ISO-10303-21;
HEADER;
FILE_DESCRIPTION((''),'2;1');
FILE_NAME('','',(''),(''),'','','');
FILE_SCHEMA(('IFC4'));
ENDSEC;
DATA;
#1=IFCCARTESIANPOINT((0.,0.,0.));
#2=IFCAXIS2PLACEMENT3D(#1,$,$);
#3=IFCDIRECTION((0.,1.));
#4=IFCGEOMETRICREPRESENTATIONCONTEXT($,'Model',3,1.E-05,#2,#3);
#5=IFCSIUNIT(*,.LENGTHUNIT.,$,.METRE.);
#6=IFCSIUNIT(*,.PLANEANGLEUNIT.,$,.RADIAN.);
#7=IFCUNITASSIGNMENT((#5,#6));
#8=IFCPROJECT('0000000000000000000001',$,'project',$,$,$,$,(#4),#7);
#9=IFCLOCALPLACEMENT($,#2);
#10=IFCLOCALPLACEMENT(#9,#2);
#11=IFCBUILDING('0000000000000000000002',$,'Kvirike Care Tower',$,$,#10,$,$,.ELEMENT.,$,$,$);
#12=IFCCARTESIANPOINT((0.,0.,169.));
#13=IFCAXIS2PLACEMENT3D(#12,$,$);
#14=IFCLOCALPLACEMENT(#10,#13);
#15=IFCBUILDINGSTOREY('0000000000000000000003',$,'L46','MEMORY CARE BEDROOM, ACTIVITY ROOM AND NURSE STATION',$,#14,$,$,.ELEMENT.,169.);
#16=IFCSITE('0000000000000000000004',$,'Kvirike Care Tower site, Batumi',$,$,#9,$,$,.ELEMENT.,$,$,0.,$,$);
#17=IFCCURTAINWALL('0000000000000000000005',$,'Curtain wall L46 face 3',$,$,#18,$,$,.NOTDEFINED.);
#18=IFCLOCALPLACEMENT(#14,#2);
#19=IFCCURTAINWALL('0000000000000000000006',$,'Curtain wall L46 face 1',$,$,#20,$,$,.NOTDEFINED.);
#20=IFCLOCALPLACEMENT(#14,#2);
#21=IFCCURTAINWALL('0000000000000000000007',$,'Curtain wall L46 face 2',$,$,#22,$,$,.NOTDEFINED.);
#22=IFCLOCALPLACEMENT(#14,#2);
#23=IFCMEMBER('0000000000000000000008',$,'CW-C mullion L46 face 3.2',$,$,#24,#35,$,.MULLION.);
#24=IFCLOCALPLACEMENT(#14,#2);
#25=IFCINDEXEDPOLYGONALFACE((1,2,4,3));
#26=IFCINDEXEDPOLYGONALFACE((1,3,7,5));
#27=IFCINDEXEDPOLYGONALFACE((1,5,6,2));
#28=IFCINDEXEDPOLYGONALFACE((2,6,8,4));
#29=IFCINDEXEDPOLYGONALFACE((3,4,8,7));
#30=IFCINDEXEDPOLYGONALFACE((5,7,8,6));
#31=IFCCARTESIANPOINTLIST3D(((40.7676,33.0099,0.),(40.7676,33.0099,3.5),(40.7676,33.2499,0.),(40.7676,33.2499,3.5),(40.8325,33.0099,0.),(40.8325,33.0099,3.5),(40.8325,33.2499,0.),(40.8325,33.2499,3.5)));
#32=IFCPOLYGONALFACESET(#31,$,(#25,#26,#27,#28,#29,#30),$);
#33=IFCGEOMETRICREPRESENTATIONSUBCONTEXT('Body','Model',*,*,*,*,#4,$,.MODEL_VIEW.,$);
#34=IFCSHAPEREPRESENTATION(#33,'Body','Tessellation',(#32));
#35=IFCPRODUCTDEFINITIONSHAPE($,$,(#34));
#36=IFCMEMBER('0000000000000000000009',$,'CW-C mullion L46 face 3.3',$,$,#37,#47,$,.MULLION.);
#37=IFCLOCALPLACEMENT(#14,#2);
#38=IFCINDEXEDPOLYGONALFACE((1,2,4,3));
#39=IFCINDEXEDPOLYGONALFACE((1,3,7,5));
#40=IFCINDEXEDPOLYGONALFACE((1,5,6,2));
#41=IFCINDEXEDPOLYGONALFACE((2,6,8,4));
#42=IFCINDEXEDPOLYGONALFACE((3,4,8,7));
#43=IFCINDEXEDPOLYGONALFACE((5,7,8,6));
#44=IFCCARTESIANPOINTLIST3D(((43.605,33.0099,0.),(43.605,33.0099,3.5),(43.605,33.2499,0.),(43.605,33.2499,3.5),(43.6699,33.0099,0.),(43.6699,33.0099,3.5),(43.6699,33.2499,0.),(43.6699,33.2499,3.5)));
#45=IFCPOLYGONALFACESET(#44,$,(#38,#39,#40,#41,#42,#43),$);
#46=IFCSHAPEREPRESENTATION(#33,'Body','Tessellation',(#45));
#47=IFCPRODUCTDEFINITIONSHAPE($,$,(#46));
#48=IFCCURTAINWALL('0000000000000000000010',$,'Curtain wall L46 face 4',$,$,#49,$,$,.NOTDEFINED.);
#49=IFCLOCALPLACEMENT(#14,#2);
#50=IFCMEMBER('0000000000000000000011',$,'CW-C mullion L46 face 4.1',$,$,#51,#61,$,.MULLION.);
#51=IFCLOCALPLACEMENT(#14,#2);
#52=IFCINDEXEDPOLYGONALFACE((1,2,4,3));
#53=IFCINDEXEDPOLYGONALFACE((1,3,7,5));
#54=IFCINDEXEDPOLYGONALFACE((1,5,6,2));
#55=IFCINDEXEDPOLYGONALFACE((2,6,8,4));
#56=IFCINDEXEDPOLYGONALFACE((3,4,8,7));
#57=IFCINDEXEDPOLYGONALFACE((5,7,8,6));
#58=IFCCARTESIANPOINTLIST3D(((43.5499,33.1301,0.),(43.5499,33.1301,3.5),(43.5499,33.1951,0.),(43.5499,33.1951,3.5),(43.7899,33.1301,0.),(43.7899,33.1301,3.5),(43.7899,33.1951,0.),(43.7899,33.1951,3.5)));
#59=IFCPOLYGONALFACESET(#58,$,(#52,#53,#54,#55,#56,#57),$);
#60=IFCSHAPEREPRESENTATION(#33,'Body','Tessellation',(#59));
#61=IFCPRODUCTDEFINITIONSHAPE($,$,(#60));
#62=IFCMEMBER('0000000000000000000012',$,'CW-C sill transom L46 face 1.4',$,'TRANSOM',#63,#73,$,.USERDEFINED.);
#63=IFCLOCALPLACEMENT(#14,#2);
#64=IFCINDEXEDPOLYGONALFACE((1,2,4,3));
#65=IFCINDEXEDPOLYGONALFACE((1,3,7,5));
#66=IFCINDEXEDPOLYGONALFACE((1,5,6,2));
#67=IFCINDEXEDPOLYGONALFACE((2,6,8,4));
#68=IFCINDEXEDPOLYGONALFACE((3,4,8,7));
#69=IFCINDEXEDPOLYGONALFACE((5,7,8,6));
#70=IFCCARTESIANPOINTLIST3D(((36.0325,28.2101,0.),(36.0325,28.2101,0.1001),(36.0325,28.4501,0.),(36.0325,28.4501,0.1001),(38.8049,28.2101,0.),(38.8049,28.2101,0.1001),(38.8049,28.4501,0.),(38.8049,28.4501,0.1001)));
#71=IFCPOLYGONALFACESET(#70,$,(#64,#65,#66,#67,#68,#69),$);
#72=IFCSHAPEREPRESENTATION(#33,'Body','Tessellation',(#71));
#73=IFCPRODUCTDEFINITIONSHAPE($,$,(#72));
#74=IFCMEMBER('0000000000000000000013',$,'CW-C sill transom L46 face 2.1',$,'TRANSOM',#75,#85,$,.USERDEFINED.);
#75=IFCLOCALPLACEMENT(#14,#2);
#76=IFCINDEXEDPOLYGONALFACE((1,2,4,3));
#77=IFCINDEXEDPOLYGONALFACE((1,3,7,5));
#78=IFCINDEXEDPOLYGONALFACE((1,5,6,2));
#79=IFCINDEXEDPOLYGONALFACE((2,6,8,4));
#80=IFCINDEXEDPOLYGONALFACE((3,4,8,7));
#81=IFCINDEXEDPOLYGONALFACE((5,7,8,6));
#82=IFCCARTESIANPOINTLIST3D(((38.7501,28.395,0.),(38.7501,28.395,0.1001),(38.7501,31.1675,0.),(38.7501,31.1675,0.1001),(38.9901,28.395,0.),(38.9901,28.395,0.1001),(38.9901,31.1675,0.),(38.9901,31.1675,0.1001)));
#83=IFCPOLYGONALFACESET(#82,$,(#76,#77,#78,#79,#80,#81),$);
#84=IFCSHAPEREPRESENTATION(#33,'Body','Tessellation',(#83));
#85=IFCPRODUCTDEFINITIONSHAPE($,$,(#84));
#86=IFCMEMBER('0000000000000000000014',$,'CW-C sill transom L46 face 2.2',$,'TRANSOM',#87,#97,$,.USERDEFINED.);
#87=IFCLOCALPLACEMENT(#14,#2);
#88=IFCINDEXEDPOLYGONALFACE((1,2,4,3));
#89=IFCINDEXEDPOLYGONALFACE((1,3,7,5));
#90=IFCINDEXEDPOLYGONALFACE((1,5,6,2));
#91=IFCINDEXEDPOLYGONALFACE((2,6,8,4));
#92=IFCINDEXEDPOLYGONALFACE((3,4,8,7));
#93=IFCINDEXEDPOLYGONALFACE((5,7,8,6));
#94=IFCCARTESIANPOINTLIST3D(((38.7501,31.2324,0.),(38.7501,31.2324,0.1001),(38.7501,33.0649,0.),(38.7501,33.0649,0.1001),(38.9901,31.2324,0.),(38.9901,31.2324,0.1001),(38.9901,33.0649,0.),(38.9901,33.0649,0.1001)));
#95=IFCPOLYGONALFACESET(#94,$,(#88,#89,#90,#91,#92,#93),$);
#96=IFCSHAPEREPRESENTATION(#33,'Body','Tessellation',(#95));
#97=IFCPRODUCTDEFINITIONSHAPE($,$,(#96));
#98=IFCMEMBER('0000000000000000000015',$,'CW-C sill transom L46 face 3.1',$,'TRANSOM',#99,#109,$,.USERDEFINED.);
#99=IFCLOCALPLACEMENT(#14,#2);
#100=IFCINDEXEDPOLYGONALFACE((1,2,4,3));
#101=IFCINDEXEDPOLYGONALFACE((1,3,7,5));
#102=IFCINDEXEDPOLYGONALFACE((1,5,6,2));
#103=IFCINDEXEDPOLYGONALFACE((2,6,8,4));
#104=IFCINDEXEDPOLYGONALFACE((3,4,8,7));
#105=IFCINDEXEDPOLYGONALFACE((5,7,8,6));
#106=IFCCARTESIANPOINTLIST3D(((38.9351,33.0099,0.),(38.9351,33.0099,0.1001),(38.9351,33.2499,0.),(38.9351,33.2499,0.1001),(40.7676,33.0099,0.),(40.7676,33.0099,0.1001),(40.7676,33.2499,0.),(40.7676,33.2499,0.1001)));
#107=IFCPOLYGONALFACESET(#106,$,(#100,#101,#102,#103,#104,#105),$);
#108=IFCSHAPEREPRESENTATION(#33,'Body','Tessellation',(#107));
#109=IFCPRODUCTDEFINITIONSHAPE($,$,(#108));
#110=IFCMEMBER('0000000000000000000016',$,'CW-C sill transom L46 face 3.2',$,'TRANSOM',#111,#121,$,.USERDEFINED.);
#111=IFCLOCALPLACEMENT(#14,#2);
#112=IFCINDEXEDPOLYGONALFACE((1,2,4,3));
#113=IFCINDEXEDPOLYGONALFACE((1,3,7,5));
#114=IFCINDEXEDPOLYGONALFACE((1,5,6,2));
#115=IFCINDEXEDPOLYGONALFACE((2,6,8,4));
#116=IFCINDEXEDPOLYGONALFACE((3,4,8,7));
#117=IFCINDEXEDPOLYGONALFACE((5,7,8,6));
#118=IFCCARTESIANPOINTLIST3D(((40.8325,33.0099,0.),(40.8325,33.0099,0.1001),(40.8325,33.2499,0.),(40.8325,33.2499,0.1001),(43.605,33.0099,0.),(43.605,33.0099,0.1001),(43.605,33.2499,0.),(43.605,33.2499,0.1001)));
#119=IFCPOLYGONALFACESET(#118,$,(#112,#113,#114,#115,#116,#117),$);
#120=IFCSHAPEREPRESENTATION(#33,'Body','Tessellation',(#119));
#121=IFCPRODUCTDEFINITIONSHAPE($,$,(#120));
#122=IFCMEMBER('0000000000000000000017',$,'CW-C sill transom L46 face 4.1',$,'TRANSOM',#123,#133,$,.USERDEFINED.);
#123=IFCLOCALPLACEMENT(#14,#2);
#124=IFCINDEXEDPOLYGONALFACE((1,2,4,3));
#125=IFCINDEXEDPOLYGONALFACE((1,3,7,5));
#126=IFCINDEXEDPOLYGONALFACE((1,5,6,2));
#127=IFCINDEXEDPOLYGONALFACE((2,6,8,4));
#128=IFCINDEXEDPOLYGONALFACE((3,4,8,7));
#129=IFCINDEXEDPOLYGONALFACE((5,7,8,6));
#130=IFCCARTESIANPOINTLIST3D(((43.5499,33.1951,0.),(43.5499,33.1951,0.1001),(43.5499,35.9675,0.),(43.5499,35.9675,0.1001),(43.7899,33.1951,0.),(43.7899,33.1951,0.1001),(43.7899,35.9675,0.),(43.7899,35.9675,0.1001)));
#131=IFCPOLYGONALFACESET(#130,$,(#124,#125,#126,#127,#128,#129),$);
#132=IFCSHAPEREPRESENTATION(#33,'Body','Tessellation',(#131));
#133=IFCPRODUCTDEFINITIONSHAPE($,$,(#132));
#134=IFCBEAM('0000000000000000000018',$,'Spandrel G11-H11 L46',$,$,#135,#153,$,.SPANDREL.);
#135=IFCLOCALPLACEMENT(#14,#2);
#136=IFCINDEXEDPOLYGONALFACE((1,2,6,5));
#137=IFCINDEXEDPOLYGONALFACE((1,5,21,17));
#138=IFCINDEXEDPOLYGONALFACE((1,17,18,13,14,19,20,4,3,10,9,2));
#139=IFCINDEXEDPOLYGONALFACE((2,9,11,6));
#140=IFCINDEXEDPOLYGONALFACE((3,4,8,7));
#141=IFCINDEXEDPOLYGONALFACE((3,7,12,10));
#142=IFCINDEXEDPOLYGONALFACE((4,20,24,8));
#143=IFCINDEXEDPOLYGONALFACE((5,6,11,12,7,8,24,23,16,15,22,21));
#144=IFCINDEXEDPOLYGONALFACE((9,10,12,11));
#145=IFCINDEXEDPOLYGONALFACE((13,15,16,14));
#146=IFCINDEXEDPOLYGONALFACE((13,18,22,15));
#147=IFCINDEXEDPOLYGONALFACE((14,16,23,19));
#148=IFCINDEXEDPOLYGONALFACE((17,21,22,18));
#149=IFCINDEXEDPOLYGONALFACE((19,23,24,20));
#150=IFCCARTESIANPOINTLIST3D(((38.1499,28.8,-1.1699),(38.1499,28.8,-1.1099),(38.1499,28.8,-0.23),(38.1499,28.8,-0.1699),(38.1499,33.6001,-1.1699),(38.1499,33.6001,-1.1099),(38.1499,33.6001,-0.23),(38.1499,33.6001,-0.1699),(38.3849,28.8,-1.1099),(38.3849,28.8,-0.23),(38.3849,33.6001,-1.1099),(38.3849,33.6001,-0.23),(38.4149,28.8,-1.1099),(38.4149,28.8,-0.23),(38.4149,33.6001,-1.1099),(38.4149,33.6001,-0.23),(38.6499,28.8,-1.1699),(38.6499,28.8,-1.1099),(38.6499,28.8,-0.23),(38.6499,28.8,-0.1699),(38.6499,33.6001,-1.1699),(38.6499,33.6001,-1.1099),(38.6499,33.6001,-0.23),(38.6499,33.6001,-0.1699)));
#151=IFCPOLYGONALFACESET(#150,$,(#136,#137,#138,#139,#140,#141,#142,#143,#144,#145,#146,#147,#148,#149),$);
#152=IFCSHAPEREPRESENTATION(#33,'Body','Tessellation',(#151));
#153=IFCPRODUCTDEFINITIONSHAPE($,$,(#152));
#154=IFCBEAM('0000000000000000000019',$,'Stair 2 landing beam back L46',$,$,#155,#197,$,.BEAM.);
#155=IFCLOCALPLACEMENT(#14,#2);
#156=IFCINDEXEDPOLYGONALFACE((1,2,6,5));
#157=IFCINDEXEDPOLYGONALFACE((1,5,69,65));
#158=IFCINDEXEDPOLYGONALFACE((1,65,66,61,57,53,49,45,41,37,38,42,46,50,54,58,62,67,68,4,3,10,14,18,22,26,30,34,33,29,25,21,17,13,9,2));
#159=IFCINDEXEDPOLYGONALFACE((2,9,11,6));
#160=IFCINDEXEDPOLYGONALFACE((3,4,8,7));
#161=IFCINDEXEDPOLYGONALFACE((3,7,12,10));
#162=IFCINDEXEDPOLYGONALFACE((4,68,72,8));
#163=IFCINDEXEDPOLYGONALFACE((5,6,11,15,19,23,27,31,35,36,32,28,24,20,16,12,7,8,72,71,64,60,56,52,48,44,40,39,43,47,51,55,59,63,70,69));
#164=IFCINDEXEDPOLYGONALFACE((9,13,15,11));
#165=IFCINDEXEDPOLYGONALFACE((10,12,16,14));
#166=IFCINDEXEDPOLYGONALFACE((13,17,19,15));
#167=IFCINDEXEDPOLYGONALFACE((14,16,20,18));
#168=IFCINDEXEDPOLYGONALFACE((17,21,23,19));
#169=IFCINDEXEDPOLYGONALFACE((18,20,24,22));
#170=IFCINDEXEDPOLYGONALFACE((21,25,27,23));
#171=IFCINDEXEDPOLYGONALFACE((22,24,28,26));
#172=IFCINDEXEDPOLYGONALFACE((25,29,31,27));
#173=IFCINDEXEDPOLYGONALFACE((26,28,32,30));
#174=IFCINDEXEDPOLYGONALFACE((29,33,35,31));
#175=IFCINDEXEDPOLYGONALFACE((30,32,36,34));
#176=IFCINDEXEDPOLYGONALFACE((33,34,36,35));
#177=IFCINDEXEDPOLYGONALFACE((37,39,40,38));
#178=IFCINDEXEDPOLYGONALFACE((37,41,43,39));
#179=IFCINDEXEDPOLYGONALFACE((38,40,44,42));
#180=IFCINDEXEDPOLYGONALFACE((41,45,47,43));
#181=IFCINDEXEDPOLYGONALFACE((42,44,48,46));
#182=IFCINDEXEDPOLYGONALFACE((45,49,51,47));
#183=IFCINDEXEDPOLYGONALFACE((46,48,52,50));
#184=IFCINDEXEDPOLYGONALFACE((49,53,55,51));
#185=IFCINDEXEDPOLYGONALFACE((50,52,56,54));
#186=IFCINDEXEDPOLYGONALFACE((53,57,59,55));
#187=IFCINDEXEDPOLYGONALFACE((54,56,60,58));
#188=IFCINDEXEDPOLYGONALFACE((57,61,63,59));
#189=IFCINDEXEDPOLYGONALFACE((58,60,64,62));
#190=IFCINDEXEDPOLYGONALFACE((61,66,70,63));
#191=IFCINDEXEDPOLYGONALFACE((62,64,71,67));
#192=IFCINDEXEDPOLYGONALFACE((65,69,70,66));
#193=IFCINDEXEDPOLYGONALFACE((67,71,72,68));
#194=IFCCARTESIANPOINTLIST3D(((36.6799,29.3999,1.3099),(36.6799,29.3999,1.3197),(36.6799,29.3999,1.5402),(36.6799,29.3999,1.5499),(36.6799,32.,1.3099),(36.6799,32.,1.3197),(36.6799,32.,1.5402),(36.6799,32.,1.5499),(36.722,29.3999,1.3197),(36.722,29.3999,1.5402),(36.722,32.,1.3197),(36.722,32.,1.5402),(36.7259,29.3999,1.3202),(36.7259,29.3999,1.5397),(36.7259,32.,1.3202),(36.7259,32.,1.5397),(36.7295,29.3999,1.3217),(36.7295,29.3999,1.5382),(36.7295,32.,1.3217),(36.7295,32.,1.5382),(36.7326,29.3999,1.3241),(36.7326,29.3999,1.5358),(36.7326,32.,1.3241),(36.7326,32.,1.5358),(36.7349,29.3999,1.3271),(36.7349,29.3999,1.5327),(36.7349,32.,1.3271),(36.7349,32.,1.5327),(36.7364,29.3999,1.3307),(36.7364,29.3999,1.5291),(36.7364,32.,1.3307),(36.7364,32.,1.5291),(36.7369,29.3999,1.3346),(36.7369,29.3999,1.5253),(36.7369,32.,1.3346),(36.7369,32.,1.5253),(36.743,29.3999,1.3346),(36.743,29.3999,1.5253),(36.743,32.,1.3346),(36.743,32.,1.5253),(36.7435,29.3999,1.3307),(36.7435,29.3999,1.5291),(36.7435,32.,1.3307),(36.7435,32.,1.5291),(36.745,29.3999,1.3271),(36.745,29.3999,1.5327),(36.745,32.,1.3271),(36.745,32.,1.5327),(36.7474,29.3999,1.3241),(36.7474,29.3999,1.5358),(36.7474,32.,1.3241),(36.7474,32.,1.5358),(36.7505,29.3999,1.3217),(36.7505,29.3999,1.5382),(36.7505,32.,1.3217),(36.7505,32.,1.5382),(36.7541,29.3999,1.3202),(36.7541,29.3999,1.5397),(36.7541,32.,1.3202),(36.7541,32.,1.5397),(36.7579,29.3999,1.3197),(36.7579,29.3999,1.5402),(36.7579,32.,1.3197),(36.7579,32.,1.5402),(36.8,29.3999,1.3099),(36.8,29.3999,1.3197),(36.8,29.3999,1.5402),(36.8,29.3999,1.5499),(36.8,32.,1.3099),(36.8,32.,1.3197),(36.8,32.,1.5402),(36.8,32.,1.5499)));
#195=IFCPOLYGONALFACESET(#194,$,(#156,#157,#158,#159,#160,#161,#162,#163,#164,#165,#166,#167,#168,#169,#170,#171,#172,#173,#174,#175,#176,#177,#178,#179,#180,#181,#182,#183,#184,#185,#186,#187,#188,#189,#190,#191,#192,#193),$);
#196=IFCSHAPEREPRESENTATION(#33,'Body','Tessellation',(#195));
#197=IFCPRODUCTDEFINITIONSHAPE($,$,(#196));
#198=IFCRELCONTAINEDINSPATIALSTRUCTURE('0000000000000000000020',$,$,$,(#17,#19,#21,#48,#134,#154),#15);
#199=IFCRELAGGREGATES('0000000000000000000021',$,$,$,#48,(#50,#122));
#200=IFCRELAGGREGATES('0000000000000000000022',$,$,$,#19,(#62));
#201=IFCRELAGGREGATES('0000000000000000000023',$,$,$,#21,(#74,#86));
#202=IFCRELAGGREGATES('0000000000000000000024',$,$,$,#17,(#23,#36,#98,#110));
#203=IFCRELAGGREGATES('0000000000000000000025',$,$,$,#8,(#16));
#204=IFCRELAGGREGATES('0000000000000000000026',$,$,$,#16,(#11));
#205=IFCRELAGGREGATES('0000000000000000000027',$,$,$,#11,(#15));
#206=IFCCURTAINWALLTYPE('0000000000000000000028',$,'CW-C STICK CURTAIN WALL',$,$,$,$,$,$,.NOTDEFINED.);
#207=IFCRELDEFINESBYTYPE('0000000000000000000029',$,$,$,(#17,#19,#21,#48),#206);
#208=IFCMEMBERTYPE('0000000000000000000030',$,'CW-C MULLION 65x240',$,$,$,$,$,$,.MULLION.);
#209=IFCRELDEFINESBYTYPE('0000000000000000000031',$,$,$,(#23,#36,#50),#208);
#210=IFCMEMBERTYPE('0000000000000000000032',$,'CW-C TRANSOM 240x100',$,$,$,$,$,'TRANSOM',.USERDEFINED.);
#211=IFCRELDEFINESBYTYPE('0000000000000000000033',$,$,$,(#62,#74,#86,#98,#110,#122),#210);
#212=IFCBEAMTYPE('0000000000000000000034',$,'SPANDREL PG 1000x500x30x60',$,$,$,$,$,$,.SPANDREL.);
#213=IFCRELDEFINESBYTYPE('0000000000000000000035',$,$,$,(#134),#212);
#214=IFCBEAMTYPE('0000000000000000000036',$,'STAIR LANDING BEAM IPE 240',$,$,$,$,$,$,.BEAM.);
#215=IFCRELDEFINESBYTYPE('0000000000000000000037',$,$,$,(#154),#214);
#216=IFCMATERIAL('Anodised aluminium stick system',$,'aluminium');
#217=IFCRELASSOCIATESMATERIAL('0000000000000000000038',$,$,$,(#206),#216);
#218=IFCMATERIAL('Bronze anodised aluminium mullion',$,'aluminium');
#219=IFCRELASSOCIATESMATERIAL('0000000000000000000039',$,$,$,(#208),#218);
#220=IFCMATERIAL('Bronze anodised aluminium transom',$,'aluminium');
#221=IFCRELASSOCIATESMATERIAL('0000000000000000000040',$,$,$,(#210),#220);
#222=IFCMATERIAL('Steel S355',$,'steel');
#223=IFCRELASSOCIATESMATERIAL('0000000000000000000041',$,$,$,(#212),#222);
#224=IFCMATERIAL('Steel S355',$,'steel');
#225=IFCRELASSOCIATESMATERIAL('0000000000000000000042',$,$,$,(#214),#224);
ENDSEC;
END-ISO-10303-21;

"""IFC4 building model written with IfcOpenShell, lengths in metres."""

from ifc_helpers import new_model, si_unit, direction, frame, origin, origin_2d, place, context, subcontext, project, spatial, rectangle, i_section, extrude, material, material_profile, profile_set, type_object, element, aggregate, save


model = new_model("IFC4")

# Units and contexts
model_context = context("Model", 3, precision=1e-05, world=origin(), true_north=direction((0.0, 1.0)))
body_context = subcontext(model_context, "Body", "Model", "MODEL_VIEW")
ifc_project = project(units=[si_unit("LENGTHUNIT", "METRE"), si_unit("PLANEANGLEUNIT", "RADIAN")], contexts=[model_context])

# Site, building, storey
site_placement = place(None, origin())
site = spatial("IfcSite", under=ifc_project, at=site_placement, Name="Kvirike Care Tower site, Batumi", CompositionType="ELEMENT", RefElevation=0.0)
building_placement = place(site_placement, origin())
building = spatial("IfcBuilding", under=site, at=building_placement, Name="Kvirike Care Tower", CompositionType="ELEMENT")
storey_placement = place(building_placement, frame((0.0, 0.0, 169.0)))
storey = spatial("IfcBuildingStorey", under=building, at=storey_placement, Name="L46", Description="MEMORY CARE BEDROOM, ACTIVITY ROOM AND NURSE STATION", CompositionType="ELEMENT", Elevation=169.0)

# Curtain wall
ifc_material_1 = material(Name="Anodised aluminium stick system", Category="aluminium")
curtain_wall_type = type_object("IfcCurtainWallType", Name="CW-C STICK CURTAIN WALL", PredefinedType="NOTDEFINED", material=ifc_material_1)
curtain_wall_1_placement = place(storey_placement, origin())
curtain_wall_1 = element("IfcCurtainWall", 1, at=curtain_wall_1_placement, inside=storey, type_object=curtain_wall_type, Name="Curtain wall L46 face 3", PredefinedType="NOTDEFINED")

# Curtain walls
curtain_wall_2_placement = place(storey_placement, origin())
curtain_wall_2 = element("IfcCurtainWall", 2, at=curtain_wall_2_placement, inside=storey, type_object=curtain_wall_type, Name="Curtain wall L46 face 1", PredefinedType="NOTDEFINED")
ifc_material_2 = material(Name="Bronze anodised aluminium mullion", Category="aluminium")
ifc_material_profile_1 = material_profile(ifc_material_2, rectangle(XDim=0.0649, YDim=0.24, at=origin_2d()), Name="CW-C MULLION 65x240")
ifc_profile_set_1 = profile_set([ifc_material_profile_1], Name="Bronze anodised aluminium mullion")
member_type_1 = type_object("IfcMemberType", Name="CW-C MULLION 65x240", PredefinedType="MULLION", material=ifc_profile_set_1)
curtain_wall_3_placement = place(storey_placement, origin())
curtain_wall_3 = element("IfcCurtainWall", 3, at=curtain_wall_3_placement, inside=storey, type_object=curtain_wall_type, Name="Curtain wall L46 face 2", PredefinedType="NOTDEFINED")

# Members
member_1_placement = place(storey_placement, frame((40.8, 33.1299, 0.0), z_axis=(0.0, 0.0, 1.0), x_axis=(1.0, 0.0, 0.0)))
member_1 = element("IfcMember", 4, at=member_1_placement, type_object=member_type_1, Name="CW-C mullion L46 face 3.2", PredefinedType="MULLION", context=body_context, shape_type="SweptSolid", body=[
    extrude(rectangle(XDim=0.0649, YDim=0.24, at=origin_2d()), origin(), (0.0, 0.0, 1.0), 3.5),
])
member_2_placement = place(storey_placement, frame((43.6375, 33.1299, 0.0), z_axis=(0.0, 0.0, 1.0), x_axis=(1.0, 0.0, 0.0)))
member_2 = element("IfcMember", 5, at=member_2_placement, type_object=member_type_1, Name="CW-C mullion L46 face 3.3", PredefinedType="MULLION", context=body_context, shape_type="SweptSolid", body=[
    extrude(rectangle(XDim=0.0649, YDim=0.24, at=origin_2d()), origin(), (0.0, 0.0, 1.0), 3.5),
])

# Curtain wall, member
curtain_wall_4_placement = place(storey_placement, origin())
curtain_wall_4 = element("IfcCurtainWall", 6, at=curtain_wall_4_placement, inside=storey, type_object=curtain_wall_type, Name="Curtain wall L46 face 4", PredefinedType="NOTDEFINED")
member_3_placement = place(storey_placement, frame((43.6699, 33.1626, 0.0), z_axis=(0.0, 0.0, 1.0), x_axis=(0.0, 1.0, 0.0)))
member_3 = element("IfcMember", 7, at=member_3_placement, type_object=member_type_1, Name="CW-C mullion L46 face 4.1", PredefinedType="MULLION", context=body_context, shape_type="SweptSolid", body=[
    extrude(rectangle(XDim=0.0649, YDim=0.24, at=origin_2d()), origin(), (0.0, 0.0, 1.0), 3.5),
])

# Members
ifc_material_3 = material(Name="Bronze anodised aluminium transom", Category="aluminium")
ifc_material_profile_2 = material_profile(ifc_material_3, rectangle(XDim=0.24, YDim=0.1001, at=origin_2d()), Name="CW-C TRANSOM 240x100")
ifc_profile_set_2 = profile_set([ifc_material_profile_2], Name="Bronze anodised aluminium transom")
member_type_2 = type_object("IfcMemberType", Name="CW-C TRANSOM 240x100", ElementType="TRANSOM", PredefinedType="USERDEFINED", material=ifc_profile_set_2)
member_4_placement = place(storey_placement, frame((36.0325, 28.3301, 0.05), z_axis=(1.0, 0.0, 0.0), x_axis=(0.0, 1.0, 0.0)))
member_4 = element("IfcMember", 8, at=member_4_placement, type_object=member_type_2, Name="CW-C sill transom L46 face 1.4", ObjectType="TRANSOM", PredefinedType="USERDEFINED", context=body_context, shape_type="SweptSolid", body=[
    extrude(rectangle(XDim=0.24, YDim=0.1001, at=origin_2d()), origin(), (0.0, 0.0, 1.0), 2.7725),
])
member_5_placement = place(storey_placement, frame((38.8701, 28.395, 0.05), z_axis=(0.0, 1.0, 0.0), x_axis=(-1.0, 0.0, 0.0)))
member_5 = element("IfcMember", 9, at=member_5_placement, type_object=member_type_2, Name="CW-C sill transom L46 face 2.1", ObjectType="TRANSOM", PredefinedType="USERDEFINED", context=body_context, shape_type="SweptSolid", body=[
    extrude(rectangle(XDim=0.24, YDim=0.1001, at=origin_2d()), origin(), (0.0, 0.0, 1.0), 2.7725),
])
member_6_placement = place(storey_placement, frame((38.8701, 31.2324, 0.05), z_axis=(0.0, 1.0, 0.0), x_axis=(-1.0, 0.0, 0.0)))
member_6 = element("IfcMember", 10, at=member_6_placement, type_object=member_type_2, Name="CW-C sill transom L46 face 2.2", ObjectType="TRANSOM", PredefinedType="USERDEFINED", context=body_context, shape_type="SweptSolid", body=[
    extrude(rectangle(XDim=0.24, YDim=0.1001, at=origin_2d()), origin(), (0.0, 0.0, 1.0), 1.8325),
])
member_7_placement = place(storey_placement, frame((38.9351, 33.1299, 0.05), z_axis=(1.0, 0.0, 0.0), x_axis=(0.0, 1.0, 0.0)))
member_7 = element("IfcMember", 11, at=member_7_placement, type_object=member_type_2, Name="CW-C sill transom L46 face 3.1", ObjectType="TRANSOM", PredefinedType="USERDEFINED", context=body_context, shape_type="SweptSolid", body=[
    extrude(rectangle(XDim=0.24, YDim=0.1001, at=origin_2d()), origin(), (0.0, 0.0, 1.0), 1.8325),
])
member_8_placement = place(storey_placement, frame((40.8325, 33.1299, 0.05), z_axis=(1.0, 0.0, 0.0), x_axis=(0.0, 1.0, 0.0)))
member_8 = element("IfcMember", 12, at=member_8_placement, type_object=member_type_2, Name="CW-C sill transom L46 face 3.2", ObjectType="TRANSOM", PredefinedType="USERDEFINED", context=body_context, shape_type="SweptSolid", body=[
    extrude(rectangle(XDim=0.24, YDim=0.1001, at=origin_2d()), origin(), (0.0, 0.0, 1.0), 2.7725),
])
member_9_placement = place(storey_placement, frame((43.6699, 33.1951, 0.05), z_axis=(0.0, 1.0, 0.0), x_axis=(-1.0, 0.0, 0.0)))
member_9 = element("IfcMember", 13, at=member_9_placement, type_object=member_type_2, Name="CW-C sill transom L46 face 4.1", ObjectType="TRANSOM", PredefinedType="USERDEFINED", context=body_context, shape_type="SweptSolid", body=[
    extrude(rectangle(XDim=0.24, YDim=0.1001, at=origin_2d()), origin(), (0.0, 0.0, 1.0), 2.7725),
])
aggregate(curtain_wall_4, [member_3, member_9])

# Beams
ifc_material_4 = material(Name="Steel S355", Category="steel")
ifc_material_profile_3 = material_profile(ifc_material_4, i_section(OverallWidth=0.5, OverallDepth=1.0, WebThickness=0.03, FlangeThickness=0.0601, at=origin_2d()), Name="PG 1000x500x30x60")
ifc_profile_set_3 = profile_set([ifc_material_profile_3], Name="Steel S355")
beam_type_1 = type_object("IfcBeamType", Name="SPANDREL PG 1000x500x30x60", PredefinedType="SPANDREL", material=ifc_profile_set_3)
beam_1_placement = place(storey_placement, frame((38.3999, 28.8, -0.6699), z_axis=(0.0, 1.0, 0.0), x_axis=(-1.0, 0.0, 0.0)))
element("IfcBeam", 14, at=beam_1_placement, inside=storey, type_object=beam_type_1, Name="Spandrel G11-H11 L46", PredefinedType="SPANDREL", context=body_context, shape_type="SweptSolid", body=[
    extrude(i_section(OverallWidth=0.5, OverallDepth=1.0, WebThickness=0.03, FlangeThickness=0.0601, at=origin_2d()), origin(), (0.0, 0.0, 1.0), 4.8),
])
ifc_material_5 = material(Name="Steel S355", Category="steel")
ifc_material_profile_4 = material_profile(ifc_material_5, i_section(OverallWidth=0.1201, OverallDepth=0.24, WebThickness=0.0061, FlangeThickness=0.0098, FilletRadius=0.0149, at=origin_2d()), Name="IPE 240")
ifc_profile_set_4 = profile_set([ifc_material_profile_4], Name="Steel S355")
beam_type_2 = type_object("IfcBeamType", Name="STAIR LANDING BEAM IPE 240", PredefinedType="BEAM", material=ifc_profile_set_4)
beam_2_placement = place(storey_placement, frame((36.74, 29.3999, 1.4299), z_axis=(0.0, 1.0, 0.0), x_axis=(-1.0, 0.0, 0.0)))
element("IfcBeam", 15, at=beam_2_placement, inside=storey, type_object=beam_type_2, Name="Stair 2 landing beam back L46", PredefinedType="BEAM", context=body_context, shape_type="SweptSolid", body=[
    extrude(i_section(OverallWidth=0.1201, OverallDepth=0.24, WebThickness=0.0061, FlangeThickness=0.0098, FilletRadius=0.0149, at=origin_2d()), origin(), (0.0, 0.0, 1.0), 2.6001),
])

aggregate(curtain_wall_2, [member_4])
aggregate(curtain_wall_3, [member_5, member_6])
aggregate(curtain_wall_1, [member_1, member_2, member_7, member_8])

save(model, "model.ifc")
